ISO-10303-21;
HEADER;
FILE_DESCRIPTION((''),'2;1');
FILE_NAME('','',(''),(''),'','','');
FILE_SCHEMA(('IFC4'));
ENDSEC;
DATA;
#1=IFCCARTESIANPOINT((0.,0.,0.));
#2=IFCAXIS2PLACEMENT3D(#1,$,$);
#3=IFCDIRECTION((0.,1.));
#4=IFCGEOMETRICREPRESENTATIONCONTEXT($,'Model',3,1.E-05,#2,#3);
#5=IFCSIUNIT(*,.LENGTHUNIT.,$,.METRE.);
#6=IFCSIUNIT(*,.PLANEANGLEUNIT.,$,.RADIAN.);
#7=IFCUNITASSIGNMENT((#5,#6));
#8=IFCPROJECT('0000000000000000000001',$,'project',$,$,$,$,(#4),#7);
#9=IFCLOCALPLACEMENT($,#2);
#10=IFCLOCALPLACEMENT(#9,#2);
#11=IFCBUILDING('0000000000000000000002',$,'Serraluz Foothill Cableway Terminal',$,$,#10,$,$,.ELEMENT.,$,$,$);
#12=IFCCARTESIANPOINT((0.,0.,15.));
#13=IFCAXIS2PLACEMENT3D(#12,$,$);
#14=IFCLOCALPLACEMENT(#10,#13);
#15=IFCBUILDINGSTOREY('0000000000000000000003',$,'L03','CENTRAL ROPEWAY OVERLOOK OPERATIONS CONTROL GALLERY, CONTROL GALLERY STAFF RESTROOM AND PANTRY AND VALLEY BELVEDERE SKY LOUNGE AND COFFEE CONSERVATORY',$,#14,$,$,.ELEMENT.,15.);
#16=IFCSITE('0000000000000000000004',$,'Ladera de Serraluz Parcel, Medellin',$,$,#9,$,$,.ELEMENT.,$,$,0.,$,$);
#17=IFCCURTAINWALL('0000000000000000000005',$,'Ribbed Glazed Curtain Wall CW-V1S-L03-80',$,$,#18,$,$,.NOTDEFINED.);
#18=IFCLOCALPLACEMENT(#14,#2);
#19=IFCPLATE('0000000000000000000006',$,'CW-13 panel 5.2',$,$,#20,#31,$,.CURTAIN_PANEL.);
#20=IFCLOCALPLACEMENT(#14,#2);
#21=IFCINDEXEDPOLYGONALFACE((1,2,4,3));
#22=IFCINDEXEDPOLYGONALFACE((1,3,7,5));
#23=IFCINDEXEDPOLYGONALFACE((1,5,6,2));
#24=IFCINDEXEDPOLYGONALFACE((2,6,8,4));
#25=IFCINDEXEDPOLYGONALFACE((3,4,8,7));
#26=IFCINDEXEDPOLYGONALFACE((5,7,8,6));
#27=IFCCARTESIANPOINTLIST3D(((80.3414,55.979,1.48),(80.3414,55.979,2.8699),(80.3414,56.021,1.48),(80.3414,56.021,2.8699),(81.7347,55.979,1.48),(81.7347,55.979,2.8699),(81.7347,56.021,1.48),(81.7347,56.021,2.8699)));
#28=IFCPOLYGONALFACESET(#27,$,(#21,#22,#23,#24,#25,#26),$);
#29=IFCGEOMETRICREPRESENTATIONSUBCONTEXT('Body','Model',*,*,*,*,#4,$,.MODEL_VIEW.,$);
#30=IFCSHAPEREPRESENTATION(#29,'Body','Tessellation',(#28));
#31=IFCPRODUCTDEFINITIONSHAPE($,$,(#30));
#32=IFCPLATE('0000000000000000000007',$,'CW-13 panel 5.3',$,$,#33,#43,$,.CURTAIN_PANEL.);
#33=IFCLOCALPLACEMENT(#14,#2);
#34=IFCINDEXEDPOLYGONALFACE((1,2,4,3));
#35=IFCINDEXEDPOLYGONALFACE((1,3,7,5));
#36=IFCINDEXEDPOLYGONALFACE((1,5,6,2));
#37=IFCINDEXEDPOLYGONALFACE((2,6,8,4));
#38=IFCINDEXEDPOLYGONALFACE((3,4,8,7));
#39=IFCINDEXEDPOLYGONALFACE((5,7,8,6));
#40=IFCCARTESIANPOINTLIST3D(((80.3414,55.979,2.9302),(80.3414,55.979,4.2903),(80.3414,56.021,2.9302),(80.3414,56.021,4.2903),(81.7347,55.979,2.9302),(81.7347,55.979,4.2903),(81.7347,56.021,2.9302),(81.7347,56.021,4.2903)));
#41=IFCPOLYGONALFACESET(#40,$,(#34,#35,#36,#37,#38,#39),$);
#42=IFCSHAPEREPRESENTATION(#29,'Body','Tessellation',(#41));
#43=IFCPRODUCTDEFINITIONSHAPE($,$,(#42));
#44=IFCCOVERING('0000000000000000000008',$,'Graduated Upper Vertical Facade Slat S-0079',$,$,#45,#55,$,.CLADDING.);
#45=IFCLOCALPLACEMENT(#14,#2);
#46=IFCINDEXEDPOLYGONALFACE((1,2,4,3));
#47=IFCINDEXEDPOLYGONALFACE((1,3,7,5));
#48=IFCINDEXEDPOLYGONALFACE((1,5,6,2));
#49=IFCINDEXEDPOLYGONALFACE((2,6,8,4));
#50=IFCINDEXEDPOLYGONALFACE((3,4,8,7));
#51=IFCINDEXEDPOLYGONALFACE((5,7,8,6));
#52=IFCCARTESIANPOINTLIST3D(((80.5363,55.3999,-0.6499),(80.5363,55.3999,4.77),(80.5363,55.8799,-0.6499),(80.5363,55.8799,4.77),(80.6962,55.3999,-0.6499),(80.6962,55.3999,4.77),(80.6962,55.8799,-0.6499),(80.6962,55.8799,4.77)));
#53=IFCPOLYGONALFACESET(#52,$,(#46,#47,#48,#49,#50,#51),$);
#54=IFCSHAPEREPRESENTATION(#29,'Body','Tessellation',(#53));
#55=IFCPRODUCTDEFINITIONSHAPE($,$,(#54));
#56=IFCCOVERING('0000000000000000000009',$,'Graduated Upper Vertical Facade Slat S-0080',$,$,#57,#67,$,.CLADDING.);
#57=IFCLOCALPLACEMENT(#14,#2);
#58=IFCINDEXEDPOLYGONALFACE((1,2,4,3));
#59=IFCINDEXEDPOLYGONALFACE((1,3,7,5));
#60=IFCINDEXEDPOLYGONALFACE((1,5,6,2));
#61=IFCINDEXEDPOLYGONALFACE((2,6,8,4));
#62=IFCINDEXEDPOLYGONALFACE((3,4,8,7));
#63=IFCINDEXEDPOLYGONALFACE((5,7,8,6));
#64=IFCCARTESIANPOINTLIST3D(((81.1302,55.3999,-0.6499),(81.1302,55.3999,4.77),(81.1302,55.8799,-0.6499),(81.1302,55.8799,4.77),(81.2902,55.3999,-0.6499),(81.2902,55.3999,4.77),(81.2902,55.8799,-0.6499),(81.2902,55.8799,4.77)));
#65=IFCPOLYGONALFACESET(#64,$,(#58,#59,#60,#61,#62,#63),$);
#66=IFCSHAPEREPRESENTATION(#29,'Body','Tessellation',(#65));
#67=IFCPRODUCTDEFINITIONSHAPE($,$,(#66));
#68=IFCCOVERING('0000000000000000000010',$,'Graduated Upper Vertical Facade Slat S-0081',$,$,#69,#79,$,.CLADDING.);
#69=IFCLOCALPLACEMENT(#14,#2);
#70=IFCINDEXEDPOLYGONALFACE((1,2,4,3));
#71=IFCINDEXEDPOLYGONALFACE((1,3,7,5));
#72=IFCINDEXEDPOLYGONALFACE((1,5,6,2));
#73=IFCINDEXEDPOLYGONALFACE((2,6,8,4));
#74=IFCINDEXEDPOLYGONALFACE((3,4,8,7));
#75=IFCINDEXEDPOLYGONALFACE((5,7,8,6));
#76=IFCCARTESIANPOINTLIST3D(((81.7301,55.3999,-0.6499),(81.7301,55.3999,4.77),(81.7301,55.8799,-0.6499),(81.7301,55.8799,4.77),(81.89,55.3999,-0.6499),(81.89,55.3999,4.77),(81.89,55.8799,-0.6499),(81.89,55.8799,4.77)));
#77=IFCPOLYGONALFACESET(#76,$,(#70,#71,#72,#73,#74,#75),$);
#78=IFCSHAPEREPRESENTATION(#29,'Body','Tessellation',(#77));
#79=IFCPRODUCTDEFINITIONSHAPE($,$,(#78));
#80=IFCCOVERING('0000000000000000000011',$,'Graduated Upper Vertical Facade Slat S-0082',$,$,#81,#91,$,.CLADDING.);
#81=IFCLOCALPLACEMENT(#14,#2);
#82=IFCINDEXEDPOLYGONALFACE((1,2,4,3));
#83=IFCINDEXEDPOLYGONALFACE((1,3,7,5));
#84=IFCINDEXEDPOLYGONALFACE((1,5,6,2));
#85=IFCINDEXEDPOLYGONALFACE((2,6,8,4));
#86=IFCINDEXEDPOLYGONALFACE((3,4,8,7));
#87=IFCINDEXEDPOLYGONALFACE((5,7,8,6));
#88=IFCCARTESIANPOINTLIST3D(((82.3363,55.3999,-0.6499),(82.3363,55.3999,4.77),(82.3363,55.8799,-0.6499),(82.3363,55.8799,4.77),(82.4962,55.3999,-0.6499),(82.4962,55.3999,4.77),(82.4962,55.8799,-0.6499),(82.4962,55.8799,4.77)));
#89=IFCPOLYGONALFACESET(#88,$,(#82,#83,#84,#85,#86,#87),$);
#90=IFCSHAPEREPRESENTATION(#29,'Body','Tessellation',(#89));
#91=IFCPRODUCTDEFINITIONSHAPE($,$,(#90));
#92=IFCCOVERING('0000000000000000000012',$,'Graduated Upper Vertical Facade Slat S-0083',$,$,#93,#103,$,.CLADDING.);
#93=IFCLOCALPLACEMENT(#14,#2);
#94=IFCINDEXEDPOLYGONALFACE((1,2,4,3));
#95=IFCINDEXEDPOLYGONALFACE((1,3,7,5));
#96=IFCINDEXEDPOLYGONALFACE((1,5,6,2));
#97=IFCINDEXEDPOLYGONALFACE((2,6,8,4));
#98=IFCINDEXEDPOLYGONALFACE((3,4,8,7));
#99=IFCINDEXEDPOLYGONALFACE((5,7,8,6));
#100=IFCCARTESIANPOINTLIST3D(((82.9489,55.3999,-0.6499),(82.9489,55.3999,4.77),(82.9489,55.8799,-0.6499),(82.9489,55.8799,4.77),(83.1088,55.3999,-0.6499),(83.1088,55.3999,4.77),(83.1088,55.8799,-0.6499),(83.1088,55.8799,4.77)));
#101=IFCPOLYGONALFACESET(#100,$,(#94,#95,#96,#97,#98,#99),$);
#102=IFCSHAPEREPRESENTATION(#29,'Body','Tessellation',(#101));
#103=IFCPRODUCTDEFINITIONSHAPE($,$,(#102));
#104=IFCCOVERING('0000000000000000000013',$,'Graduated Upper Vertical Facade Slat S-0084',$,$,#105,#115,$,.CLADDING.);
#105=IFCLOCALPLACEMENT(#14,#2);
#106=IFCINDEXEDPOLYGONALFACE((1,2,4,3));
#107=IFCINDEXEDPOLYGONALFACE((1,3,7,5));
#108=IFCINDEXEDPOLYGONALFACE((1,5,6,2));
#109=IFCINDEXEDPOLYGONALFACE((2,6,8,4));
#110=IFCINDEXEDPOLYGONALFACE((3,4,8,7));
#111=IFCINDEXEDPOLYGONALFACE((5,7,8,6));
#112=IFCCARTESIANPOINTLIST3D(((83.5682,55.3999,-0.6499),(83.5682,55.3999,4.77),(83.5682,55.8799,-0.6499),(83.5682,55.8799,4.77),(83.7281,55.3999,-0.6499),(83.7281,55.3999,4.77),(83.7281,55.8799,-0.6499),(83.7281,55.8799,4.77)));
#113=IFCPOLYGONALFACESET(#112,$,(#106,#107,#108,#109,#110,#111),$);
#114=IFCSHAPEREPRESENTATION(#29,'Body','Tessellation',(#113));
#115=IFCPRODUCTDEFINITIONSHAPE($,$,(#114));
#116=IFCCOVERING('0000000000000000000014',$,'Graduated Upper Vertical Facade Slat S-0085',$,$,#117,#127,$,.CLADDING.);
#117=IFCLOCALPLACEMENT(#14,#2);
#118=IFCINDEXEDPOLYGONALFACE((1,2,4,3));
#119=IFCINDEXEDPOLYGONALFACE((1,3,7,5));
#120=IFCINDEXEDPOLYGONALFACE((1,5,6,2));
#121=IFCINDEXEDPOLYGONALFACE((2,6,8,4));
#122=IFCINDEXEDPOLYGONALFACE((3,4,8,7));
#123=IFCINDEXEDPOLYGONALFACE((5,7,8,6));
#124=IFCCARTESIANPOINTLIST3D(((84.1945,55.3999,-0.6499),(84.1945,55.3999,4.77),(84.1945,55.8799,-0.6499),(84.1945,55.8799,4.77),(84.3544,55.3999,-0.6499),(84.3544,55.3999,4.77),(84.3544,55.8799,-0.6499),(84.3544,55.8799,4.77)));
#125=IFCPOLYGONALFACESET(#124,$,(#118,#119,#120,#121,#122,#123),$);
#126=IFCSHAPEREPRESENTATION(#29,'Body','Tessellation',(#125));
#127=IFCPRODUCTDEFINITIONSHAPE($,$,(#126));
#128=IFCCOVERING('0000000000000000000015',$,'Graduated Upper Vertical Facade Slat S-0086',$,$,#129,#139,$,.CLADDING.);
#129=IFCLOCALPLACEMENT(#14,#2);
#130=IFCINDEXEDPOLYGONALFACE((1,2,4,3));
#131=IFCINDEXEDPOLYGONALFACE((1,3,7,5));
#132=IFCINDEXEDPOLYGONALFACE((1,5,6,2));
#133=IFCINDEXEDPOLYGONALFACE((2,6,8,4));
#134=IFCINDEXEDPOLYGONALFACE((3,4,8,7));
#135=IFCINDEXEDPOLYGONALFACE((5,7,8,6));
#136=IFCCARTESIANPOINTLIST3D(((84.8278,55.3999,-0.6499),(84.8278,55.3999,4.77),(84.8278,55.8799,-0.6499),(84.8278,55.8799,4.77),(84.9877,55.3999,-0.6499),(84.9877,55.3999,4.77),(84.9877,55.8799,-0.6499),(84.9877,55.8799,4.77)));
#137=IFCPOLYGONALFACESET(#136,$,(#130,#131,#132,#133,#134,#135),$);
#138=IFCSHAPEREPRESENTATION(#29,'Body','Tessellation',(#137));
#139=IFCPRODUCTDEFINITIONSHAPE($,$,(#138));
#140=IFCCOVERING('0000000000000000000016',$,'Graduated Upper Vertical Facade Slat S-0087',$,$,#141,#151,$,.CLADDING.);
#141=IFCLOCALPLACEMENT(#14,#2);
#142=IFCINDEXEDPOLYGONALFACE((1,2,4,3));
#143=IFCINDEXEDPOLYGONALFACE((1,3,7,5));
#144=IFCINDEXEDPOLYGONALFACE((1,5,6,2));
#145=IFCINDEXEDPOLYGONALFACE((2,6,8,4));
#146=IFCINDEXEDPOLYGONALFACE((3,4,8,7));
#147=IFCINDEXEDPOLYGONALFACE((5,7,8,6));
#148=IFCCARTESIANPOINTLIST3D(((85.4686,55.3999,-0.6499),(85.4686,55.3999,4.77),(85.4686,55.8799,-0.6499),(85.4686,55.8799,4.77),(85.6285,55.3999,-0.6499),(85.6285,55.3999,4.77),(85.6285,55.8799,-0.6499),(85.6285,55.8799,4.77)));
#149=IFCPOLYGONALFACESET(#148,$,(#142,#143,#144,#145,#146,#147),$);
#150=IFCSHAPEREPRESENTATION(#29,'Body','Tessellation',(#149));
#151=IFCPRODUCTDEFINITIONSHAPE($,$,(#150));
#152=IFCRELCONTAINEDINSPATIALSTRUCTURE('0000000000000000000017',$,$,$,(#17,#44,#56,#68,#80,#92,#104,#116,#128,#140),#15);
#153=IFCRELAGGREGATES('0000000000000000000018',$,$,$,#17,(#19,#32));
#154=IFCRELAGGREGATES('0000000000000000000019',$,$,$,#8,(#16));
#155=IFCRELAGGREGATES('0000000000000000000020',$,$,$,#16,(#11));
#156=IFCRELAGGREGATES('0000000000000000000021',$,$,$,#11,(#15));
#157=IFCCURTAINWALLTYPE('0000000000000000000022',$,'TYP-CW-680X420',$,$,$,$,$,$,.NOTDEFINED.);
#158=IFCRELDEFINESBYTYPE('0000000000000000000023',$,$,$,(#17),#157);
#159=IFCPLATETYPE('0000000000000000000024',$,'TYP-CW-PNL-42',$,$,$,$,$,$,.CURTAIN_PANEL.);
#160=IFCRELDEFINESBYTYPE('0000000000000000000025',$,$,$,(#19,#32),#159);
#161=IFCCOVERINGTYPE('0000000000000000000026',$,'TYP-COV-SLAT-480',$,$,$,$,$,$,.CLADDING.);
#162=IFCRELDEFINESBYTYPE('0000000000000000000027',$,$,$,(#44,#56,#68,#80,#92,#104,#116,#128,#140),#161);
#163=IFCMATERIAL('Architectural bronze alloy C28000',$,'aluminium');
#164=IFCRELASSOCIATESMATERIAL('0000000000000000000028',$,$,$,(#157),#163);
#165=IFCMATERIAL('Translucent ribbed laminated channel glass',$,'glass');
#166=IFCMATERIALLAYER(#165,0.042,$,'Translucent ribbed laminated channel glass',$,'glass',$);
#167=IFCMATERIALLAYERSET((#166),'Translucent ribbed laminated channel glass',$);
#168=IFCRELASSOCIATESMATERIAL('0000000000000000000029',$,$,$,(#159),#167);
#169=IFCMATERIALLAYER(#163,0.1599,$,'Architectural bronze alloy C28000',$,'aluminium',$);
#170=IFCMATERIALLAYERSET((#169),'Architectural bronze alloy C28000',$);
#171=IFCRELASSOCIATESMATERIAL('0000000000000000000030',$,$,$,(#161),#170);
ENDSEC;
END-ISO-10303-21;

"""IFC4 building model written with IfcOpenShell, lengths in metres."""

from ifc_helpers import new_model, si_unit, direction, frame, origin, origin_2d, place, context, subcontext, project, spatial, rectangle, extrude, material, layer, layer_set, type_object, element, aggregate, save


model = new_model("IFC4")

# Units and contexts
model_context = context("Model", 3, precision=1e-05, world=origin(), true_north=direction((0.0, 1.0)))
body_context = subcontext(model_context, "Body", "Model", "MODEL_VIEW")
ifc_project = project(units=[si_unit("LENGTHUNIT", "METRE"), si_unit("PLANEANGLEUNIT", "RADIAN")], contexts=[model_context])

# Site, building, storey
site_placement = place(None, origin())
site = spatial("IfcSite", under=ifc_project, at=site_placement, Name="Ladera de Serraluz Parcel, Medellin", CompositionType="ELEMENT", RefElevation=0.0)
building_placement = place(site_placement, origin())
building = spatial("IfcBuilding", under=site, at=building_placement, Name="Serraluz Foothill Cableway Terminal", CompositionType="ELEMENT")
storey_placement = place(building_placement, frame((0.0, 0.0, 15.0)))
storey = spatial("IfcBuildingStorey", under=building, at=storey_placement, Name="L03", Description="CENTRAL ROPEWAY OVERLOOK OPERATIONS CONTROL GALLERY, CONTROL GALLERY STAFF RESTROOM AND PANTRY AND VALLEY BELVEDERE SKY LOUNGE AND COFFEE CONSERVATORY", CompositionType="ELEMENT", Elevation=15.0)

# Curtain wall
ifc_material_1 = material(Name="Architectural bronze alloy C28000", Category="aluminium")
curtain_wall_type = type_object("IfcCurtainWallType", Name="TYP-CW-680X420", PredefinedType="NOTDEFINED", material=ifc_material_1)
curtain_wall_placement = place(storey_placement, origin())
curtain_wall = element("IfcCurtainWall", 1, at=curtain_wall_placement, inside=storey, type_object=curtain_wall_type, Name="Ribbed Glazed Curtain Wall CW-V1S-L03-80", PredefinedType="NOTDEFINED")

# Plates
ifc_material_2 = material(Name="Translucent ribbed laminated channel glass", Category="glass")
ifc_layer_1 = layer(ifc_material_2, 0.042, Name="Translucent ribbed laminated channel glass", Category="glass")
ifc_layer_set_1 = layer_set([ifc_layer_1], Name="Translucent ribbed laminated channel glass")
plate_type = type_object("IfcPlateType", Name="TYP-CW-PNL-42", PredefinedType="CURTAIN_PANEL", material=ifc_layer_set_1)
plate_1_placement = place(storey_placement, frame((81.0381, 56.0, 1.48), z_axis=(0.0, 0.0, 1.0), x_axis=(-1.0, 0.0, 0.0)))
plate_1 = element("IfcPlate", 2, at=plate_1_placement, type_object=plate_type, Name="CW-13 panel 5.2", PredefinedType="CURTAIN_PANEL", context=body_context, shape_type="SweptSolid", body=[
    extrude(rectangle(XDim=1.3933, YDim=0.042, at=origin_2d()), origin(), (0.0, 0.0, 1.0), 1.3899),
])
plate_2_placement = place(storey_placement, frame((81.0381, 56.0, 2.9302), z_axis=(0.0, 0.0, 1.0), x_axis=(-1.0, 0.0, 0.0)))
plate_2 = element("IfcPlate", 3, at=plate_2_placement, type_object=plate_type, Name="CW-13 panel 5.3", PredefinedType="CURTAIN_PANEL", context=body_context, shape_type="SweptSolid", body=[
    extrude(rectangle(XDim=1.3933, YDim=0.042, at=origin_2d()), origin(), (0.0, 0.0, 1.0), 1.3601),
])
aggregate(curtain_wall, [plate_1, plate_2])

# Coverings
ifc_layer_2 = layer(ifc_material_1, 0.1599, Name="Architectural bronze alloy C28000", Category="aluminium")
ifc_layer_set_2 = layer_set([ifc_layer_2], Name="Architectural bronze alloy C28000")
covering_type = type_object("IfcCoveringType", Name="TYP-COV-SLAT-480", PredefinedType="CLADDING", material=ifc_layer_set_2)
for number, where, z_axis, x_axis, name in (
    (4, (80.6162, 55.6399, -0.6499), (0.0, 0.0, 1.0), (1.0, 0.0, 0.0), "Graduated Upper Vertical Facade Slat S-0079"),
    (5, (81.2102, 55.6399, -0.6499), (0.0, 0.0, 1.0), (1.0, 0.0, 0.0), "Graduated Upper Vertical Facade Slat S-0080"),
    (6, (81.8101, 55.6399, -0.6499), (0.0, 0.0, 1.0), (1.0, 0.0, 0.0), "Graduated Upper Vertical Facade Slat S-0081"),
    (7, (82.4163, 55.6399, -0.6499), (0.0, 0.0, 1.0), (1.0, 0.0, 0.0), "Graduated Upper Vertical Facade Slat S-0082"),
    (8, (83.0288, 55.6399, -0.6499), (0.0, 0.0, 1.0), (1.0, 0.0, 0.0), "Graduated Upper Vertical Facade Slat S-0083"),
    (9, (83.6482, 55.6399, -0.6499), (0.0, 0.0, 1.0), (1.0, 0.0, 0.0), "Graduated Upper Vertical Facade Slat S-0084"),
    (10, (84.2744, 55.6399, -0.6499), (0.0, 0.0, 1.0), (1.0, 0.0, 0.0), "Graduated Upper Vertical Facade Slat S-0085"),
    (11, (84.9077, 55.6399, -0.6499), (0.0, 0.0, 1.0), (1.0, 0.0, 0.0), "Graduated Upper Vertical Facade Slat S-0086"),
    (12, (85.5486, 55.6399, -0.6499), (0.0, 0.0, 1.0), (1.0, 0.0, 0.0), "Graduated Upper Vertical Facade Slat S-0087"),
):
    element("IfcCovering", number, at=place(storey_placement, frame(where, z_axis=z_axis, x_axis=x_axis)), inside=storey, type_object=covering_type, Name=name, PredefinedType="CLADDING", context=body_context, shape_type="SweptSolid", body=[
        extrude(rectangle(XDim=0.1599, YDim=0.48, at=origin_2d()), origin(), (0.0, 0.0, 1.0), 5.4199),
    ])

save(model, "model.ifc")
